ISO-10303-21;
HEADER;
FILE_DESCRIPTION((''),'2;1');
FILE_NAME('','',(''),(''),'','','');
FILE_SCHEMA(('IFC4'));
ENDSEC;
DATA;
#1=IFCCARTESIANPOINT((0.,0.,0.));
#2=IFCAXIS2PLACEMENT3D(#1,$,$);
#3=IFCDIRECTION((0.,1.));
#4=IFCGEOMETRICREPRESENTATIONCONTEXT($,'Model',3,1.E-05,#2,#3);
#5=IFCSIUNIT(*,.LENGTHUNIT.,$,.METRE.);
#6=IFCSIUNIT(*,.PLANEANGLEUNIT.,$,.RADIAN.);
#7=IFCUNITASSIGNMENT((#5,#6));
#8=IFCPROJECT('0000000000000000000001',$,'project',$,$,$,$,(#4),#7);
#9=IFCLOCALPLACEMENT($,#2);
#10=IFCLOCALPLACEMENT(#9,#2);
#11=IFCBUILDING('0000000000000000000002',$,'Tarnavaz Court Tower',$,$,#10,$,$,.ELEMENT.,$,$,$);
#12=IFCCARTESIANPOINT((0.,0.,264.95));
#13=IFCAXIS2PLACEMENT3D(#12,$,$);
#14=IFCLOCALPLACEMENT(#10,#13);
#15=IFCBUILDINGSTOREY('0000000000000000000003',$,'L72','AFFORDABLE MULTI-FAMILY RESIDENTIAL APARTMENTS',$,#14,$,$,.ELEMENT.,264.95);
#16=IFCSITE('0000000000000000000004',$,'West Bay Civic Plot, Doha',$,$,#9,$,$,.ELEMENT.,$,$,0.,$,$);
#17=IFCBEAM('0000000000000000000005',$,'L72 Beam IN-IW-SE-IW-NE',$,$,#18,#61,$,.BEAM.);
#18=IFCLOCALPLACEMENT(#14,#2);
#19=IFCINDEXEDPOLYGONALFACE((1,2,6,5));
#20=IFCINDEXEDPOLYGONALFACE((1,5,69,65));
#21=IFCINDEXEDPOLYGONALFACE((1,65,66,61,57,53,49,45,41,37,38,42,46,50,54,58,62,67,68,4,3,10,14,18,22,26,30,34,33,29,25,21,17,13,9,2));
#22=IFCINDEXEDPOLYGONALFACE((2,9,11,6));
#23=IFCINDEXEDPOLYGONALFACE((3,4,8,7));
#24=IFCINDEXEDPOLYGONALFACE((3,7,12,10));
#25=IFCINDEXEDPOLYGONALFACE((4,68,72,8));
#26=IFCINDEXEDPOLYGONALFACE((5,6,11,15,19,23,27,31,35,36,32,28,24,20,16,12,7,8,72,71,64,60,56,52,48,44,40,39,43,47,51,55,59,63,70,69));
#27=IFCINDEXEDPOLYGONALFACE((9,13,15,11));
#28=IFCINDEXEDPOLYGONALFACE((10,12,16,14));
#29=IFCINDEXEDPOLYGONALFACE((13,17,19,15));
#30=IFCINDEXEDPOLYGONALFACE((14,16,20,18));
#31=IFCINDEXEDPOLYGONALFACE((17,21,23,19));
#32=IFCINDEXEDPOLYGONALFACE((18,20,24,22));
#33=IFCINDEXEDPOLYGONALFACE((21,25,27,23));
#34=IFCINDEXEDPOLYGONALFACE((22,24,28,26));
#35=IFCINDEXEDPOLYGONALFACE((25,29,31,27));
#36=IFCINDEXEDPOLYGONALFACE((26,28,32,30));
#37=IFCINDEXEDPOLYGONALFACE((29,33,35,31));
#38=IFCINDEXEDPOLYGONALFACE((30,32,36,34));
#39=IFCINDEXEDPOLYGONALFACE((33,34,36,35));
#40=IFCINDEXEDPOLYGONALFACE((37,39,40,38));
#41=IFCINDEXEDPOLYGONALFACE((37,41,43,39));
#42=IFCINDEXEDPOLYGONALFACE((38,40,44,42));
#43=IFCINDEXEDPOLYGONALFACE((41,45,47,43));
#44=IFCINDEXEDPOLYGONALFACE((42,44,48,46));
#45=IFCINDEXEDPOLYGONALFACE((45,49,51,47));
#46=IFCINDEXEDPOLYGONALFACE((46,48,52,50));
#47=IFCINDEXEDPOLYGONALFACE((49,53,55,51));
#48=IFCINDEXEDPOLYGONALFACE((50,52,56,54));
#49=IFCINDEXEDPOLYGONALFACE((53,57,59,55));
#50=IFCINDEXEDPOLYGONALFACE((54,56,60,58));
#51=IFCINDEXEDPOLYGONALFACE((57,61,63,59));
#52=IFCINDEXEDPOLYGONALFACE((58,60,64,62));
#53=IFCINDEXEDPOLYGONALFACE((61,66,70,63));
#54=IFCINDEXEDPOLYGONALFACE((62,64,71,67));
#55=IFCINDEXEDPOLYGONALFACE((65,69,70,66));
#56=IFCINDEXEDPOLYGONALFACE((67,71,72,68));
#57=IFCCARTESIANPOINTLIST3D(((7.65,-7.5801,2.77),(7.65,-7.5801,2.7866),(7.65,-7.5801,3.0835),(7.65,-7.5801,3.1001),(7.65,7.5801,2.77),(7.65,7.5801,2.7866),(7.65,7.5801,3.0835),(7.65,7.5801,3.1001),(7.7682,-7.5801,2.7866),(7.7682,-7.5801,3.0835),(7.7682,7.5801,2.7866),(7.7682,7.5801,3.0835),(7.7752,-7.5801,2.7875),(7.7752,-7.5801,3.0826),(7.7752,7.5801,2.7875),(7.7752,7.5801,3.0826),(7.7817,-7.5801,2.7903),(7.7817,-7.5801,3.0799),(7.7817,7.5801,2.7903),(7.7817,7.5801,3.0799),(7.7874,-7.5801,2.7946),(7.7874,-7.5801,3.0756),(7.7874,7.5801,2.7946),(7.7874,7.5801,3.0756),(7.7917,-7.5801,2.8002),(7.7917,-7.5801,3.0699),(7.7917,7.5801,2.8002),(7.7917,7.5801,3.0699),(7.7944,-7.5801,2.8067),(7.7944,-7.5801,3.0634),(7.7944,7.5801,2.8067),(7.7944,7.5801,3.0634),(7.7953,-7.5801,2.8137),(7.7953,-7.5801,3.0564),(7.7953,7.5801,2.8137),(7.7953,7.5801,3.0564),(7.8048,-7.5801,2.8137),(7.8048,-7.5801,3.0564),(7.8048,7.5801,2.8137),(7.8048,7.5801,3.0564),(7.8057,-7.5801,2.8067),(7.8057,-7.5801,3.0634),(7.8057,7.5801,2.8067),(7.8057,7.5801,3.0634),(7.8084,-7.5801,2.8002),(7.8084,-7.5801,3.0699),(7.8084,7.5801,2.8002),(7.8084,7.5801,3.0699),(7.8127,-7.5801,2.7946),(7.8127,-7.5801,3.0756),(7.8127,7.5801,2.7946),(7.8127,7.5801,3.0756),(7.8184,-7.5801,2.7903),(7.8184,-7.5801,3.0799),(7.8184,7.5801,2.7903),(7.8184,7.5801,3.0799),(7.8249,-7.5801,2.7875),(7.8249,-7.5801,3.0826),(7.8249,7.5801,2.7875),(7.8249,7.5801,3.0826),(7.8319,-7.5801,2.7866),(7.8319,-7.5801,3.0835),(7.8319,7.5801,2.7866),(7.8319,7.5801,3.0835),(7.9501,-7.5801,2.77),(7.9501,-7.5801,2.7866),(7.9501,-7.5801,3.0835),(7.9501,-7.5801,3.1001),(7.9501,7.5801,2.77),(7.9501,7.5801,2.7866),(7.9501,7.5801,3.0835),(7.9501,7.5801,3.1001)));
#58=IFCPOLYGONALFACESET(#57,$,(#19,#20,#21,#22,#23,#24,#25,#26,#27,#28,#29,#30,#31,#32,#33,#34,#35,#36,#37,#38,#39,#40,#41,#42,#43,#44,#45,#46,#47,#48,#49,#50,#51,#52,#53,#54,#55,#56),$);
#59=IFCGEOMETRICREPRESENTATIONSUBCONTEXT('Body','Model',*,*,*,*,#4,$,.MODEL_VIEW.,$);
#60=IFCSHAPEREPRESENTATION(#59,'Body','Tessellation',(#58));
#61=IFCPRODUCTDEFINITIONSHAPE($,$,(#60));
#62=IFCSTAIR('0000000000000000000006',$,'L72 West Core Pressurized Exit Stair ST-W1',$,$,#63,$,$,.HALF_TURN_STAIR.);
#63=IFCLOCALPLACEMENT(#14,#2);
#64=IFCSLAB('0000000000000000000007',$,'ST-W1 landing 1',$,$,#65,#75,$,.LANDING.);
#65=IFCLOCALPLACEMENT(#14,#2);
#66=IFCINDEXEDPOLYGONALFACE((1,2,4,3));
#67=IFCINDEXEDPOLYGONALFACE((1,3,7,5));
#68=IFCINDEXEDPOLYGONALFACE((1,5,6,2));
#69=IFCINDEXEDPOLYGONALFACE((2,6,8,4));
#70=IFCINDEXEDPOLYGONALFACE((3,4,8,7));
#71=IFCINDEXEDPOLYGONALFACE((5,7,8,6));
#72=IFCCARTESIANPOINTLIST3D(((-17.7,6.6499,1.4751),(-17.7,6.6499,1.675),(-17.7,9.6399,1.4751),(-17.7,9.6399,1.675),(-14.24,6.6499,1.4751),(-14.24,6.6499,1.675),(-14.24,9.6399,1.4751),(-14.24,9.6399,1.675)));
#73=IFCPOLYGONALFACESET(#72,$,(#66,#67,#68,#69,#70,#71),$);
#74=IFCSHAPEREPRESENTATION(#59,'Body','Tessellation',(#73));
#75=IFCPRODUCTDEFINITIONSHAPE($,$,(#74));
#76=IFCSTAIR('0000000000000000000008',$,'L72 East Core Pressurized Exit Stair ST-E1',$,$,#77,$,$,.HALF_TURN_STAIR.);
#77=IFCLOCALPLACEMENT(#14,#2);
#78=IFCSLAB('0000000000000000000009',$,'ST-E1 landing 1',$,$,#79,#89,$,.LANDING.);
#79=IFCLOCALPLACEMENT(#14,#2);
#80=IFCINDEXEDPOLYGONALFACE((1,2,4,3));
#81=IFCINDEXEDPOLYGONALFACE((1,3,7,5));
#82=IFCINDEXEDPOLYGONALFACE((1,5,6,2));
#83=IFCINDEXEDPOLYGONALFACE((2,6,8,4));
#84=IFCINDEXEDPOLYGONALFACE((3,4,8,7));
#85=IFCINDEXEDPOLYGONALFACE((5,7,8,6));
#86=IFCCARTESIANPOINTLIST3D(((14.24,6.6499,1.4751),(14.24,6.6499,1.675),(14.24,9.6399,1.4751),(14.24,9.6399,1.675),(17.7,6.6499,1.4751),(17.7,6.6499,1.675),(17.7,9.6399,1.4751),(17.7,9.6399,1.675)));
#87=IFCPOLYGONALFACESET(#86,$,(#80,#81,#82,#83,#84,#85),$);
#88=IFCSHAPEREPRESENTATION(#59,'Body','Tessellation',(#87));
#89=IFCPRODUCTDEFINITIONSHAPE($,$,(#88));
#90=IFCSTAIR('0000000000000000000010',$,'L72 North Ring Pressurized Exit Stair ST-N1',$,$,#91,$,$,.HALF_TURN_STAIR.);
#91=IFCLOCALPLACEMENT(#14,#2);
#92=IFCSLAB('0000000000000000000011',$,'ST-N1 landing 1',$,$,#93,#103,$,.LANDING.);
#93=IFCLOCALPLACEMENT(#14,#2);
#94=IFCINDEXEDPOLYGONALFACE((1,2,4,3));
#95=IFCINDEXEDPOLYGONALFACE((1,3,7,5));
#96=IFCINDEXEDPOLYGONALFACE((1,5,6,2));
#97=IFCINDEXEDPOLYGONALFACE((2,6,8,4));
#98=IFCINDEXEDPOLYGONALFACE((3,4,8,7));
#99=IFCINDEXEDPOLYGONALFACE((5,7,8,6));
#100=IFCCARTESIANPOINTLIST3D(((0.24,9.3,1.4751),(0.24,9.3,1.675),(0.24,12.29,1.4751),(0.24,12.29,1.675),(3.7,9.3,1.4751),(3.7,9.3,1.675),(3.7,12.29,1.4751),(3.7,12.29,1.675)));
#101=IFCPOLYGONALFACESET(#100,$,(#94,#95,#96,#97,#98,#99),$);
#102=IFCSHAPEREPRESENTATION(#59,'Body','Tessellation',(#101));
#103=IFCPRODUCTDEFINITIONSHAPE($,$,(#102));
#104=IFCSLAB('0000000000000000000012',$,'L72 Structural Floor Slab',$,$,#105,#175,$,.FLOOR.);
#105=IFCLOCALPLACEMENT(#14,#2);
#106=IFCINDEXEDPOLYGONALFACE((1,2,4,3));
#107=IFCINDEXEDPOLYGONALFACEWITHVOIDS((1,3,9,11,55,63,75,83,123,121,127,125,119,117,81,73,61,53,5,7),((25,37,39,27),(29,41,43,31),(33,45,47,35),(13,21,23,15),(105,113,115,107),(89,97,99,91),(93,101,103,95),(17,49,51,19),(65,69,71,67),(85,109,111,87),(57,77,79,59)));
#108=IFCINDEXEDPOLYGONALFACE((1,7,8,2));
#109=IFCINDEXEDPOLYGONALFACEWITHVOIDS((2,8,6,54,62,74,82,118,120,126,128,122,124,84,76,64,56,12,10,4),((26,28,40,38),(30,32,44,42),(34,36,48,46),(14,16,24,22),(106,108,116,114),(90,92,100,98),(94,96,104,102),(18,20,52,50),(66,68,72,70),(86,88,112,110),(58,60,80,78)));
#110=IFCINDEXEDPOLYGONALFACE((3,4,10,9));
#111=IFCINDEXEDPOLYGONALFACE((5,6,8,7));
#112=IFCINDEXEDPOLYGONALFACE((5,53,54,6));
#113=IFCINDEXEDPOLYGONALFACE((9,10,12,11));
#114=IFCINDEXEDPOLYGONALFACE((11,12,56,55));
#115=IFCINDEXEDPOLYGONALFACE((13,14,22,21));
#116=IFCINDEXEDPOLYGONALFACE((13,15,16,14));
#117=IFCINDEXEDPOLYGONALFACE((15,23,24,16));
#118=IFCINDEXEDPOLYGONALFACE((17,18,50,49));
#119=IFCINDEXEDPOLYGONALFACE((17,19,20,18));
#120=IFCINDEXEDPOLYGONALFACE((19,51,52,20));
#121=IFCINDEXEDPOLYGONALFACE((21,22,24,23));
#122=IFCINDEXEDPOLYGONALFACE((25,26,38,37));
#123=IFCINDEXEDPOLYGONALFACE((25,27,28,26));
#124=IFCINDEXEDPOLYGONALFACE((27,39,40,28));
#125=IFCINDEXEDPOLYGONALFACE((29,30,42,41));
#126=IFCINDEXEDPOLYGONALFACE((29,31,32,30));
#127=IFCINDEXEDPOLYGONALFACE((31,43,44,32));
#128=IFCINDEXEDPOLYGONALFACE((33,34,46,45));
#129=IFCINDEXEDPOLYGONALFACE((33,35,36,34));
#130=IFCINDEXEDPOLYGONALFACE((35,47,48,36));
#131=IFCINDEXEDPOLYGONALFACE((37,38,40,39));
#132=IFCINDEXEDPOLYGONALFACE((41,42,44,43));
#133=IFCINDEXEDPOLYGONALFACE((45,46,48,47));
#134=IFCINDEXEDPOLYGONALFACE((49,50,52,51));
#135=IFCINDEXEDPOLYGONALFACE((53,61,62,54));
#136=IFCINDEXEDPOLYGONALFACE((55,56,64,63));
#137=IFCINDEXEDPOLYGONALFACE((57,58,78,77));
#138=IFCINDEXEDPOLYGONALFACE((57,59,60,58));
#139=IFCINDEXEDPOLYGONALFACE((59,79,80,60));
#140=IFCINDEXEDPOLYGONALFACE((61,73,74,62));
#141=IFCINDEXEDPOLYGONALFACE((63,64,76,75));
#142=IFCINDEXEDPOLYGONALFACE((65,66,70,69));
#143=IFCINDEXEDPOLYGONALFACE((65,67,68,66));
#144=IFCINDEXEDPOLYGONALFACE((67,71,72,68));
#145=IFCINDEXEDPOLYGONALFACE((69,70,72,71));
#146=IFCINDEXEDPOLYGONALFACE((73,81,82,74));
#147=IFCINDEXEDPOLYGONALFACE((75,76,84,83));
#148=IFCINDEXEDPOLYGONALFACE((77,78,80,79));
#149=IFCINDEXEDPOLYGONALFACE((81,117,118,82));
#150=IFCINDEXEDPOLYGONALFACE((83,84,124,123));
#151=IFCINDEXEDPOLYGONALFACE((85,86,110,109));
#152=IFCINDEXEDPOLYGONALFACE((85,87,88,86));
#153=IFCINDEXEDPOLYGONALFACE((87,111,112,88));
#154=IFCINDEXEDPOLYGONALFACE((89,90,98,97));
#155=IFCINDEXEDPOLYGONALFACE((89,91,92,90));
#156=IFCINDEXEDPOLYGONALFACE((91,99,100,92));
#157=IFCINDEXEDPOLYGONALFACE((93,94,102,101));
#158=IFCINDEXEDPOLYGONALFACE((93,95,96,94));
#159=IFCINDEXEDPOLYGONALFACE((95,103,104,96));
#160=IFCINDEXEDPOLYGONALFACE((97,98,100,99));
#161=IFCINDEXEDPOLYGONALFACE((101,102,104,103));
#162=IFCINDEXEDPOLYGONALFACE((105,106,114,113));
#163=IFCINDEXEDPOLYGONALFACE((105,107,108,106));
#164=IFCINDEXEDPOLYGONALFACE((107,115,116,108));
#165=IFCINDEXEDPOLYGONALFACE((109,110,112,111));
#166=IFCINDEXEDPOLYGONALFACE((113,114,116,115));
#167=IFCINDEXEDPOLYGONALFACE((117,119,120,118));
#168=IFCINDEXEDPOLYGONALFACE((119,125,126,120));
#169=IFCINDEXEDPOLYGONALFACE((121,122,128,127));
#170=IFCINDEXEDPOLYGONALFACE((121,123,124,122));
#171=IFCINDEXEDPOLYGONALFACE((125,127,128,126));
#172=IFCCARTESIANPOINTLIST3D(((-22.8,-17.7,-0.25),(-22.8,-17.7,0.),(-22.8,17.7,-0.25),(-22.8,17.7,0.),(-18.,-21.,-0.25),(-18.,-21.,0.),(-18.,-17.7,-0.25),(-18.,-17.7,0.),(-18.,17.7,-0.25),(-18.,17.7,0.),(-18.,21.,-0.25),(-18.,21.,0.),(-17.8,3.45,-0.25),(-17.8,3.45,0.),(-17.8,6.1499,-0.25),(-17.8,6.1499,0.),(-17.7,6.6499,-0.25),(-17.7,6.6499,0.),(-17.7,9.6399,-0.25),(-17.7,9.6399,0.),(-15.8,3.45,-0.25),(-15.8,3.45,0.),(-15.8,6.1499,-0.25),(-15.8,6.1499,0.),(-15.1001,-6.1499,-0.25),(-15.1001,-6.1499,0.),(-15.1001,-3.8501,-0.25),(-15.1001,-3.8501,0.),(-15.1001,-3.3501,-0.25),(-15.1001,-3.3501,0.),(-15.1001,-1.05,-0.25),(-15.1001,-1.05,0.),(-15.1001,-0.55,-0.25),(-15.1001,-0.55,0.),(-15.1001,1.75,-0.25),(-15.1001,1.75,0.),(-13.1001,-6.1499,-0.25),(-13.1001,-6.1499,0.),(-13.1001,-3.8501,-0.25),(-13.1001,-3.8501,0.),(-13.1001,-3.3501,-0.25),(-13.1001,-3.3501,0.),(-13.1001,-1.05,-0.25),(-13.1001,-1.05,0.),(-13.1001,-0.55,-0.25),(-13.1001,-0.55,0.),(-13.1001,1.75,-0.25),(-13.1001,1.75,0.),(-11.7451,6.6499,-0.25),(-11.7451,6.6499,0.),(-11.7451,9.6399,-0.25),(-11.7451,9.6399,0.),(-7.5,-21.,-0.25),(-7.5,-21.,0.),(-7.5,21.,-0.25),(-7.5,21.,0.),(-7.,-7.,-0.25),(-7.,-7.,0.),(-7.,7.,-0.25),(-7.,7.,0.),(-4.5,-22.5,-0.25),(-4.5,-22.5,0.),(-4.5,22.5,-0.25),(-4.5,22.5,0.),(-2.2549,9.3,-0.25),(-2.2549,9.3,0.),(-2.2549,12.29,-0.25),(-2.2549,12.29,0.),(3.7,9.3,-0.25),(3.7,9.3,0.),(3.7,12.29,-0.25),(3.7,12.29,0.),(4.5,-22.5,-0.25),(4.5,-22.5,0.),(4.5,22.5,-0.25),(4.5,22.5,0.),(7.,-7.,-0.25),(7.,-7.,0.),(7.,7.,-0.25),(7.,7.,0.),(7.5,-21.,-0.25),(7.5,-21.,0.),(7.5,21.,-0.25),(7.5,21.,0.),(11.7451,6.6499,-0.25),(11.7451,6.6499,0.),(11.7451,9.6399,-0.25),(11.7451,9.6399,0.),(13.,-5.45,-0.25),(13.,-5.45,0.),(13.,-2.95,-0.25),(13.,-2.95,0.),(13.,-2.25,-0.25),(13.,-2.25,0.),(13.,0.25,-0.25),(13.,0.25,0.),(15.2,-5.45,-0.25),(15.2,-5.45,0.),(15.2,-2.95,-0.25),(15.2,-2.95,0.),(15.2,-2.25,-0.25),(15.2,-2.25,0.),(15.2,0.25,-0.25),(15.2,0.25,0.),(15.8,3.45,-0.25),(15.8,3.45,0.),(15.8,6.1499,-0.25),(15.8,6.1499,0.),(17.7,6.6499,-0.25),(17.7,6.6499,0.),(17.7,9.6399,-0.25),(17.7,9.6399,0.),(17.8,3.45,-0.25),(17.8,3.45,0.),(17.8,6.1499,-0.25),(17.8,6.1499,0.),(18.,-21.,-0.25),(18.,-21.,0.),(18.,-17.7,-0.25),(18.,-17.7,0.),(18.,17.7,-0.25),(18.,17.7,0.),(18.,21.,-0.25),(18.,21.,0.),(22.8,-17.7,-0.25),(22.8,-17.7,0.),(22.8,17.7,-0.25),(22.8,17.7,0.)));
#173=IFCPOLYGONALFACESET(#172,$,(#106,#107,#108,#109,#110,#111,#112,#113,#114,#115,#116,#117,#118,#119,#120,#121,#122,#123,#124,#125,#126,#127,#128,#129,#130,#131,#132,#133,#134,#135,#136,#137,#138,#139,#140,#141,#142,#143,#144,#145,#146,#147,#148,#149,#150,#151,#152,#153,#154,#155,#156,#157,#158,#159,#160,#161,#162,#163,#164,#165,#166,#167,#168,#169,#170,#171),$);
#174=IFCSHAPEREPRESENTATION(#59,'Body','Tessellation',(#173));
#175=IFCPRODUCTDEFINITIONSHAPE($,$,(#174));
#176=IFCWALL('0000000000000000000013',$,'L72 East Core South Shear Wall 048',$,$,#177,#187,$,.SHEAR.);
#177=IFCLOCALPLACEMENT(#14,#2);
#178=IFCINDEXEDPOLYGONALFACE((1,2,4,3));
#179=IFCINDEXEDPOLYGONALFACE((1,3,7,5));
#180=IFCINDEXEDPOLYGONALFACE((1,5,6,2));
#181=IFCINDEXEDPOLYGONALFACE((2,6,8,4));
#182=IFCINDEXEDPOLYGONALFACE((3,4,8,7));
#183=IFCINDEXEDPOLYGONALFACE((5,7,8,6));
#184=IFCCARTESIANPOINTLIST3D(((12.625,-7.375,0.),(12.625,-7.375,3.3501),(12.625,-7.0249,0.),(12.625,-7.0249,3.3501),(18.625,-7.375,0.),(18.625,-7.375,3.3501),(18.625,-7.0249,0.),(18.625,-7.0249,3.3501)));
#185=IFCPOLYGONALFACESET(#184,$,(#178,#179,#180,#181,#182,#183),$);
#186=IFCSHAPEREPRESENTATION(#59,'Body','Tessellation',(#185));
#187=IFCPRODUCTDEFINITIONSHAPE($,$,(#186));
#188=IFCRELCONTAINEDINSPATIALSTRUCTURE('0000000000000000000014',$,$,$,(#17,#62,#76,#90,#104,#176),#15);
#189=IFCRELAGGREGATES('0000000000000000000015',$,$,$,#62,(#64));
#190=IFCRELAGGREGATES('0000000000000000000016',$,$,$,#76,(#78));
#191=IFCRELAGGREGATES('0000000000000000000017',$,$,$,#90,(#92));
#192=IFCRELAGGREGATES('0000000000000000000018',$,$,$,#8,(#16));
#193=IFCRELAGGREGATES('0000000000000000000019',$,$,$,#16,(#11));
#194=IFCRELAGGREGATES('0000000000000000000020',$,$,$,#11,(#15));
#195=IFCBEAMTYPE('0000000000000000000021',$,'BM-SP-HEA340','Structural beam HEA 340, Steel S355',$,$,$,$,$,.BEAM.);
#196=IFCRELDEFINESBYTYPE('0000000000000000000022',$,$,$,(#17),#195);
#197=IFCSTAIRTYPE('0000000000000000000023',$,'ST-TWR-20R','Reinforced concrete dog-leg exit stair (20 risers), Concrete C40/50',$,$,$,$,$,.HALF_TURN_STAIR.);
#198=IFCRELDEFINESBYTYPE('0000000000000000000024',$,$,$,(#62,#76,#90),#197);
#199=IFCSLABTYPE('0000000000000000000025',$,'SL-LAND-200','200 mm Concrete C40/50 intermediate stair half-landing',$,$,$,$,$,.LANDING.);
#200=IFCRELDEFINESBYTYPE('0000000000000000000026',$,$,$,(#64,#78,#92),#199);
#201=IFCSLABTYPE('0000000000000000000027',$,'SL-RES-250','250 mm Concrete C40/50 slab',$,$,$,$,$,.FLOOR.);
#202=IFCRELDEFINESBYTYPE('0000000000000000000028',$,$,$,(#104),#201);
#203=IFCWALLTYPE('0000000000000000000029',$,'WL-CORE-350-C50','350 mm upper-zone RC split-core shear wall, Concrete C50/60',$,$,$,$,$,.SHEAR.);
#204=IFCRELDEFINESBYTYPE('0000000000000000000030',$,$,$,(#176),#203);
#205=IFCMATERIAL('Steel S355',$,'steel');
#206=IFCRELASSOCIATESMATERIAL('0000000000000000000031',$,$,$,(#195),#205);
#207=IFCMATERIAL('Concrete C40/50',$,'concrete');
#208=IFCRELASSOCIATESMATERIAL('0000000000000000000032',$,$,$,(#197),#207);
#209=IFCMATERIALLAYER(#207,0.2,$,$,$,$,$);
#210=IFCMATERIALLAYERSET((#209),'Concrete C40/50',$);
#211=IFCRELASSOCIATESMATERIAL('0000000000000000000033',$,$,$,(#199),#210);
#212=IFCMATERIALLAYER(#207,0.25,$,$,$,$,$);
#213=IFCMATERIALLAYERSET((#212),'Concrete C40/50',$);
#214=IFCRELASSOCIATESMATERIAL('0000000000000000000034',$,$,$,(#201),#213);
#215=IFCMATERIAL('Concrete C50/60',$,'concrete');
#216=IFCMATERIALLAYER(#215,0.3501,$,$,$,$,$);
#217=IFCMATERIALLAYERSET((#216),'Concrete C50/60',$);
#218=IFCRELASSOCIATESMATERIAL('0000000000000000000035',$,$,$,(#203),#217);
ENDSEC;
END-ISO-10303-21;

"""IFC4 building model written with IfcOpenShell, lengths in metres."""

from ifc_helpers import new_model, si_unit, direction, frame, frame_2d, origin, origin_2d, place, context, subcontext, project, spatial, polyline, rectangle, i_section, outline, extrude, material, layer, layer_set, material_profile, profile_set, type_object, element, aggregate, save


model = new_model("IFC4")

# Units and contexts
model_context = context("Model", 3, precision=1e-05, world=origin(), true_north=direction((0.0, 1.0)))
body_context = subcontext(model_context, "Body", "Model", "MODEL_VIEW")
ifc_project = project(units=[si_unit("LENGTHUNIT", "METRE"), si_unit("PLANEANGLEUNIT", "RADIAN")], contexts=[model_context])

# Site, building, storey
site_placement = place(None, origin())
site = spatial("IfcSite", under=ifc_project, at=site_placement, Name="West Bay Civic Plot, Doha", CompositionType="ELEMENT", RefElevation=0.0)
building_placement = place(site_placement, origin())
building = spatial("IfcBuilding", under=site, at=building_placement, Name="Tarnavaz Court Tower", CompositionType="ELEMENT")
storey_placement = place(building_placement, frame((0.0, 0.0, 264.95)))
storey = spatial("IfcBuildingStorey", under=building, at=storey_placement, Name="L72", Description="AFFORDABLE MULTI-FAMILY RESIDENTIAL APARTMENTS", CompositionType="ELEMENT", Elevation=264.95)

# Shared definitions
ifc_material_1 = material(Name="Concrete C50/60", Category="concrete")

# Beam
ifc_material_2 = material(Name="Steel S355", Category="steel")
ifc_material_profile_1 = material_profile(ifc_material_2, i_section(OverallWidth=0.3, OverallDepth=0.3301, WebThickness=0.0095, FlangeThickness=0.0166, FilletRadius=0.0271, at=origin_2d()), Name="HEA 340")
ifc_profile_set_1 = profile_set([ifc_material_profile_1], Name="Steel S355")
beam_type_1 = type_object("IfcBeamType", Name="BM-SP-HEA340", Description="Structural beam HEA 340, Steel S355", PredefinedType="BEAM", material=ifc_profile_set_1)
beam_1_placement = place(storey_placement, frame((7.8, -7.5801, 2.9351), z_axis=(0.0, 1.0, 0.0), x_axis=(-1.0, 0.0, 0.0)))
element("IfcBeam", 1, at=beam_1_placement, inside=storey, type_object=beam_type_1, Name="L72 Beam IN-IW-SE-IW-NE", PredefinedType="BEAM", context=body_context, shape_type="SweptSolid", body=[
    extrude(i_section(OverallWidth=0.3, OverallDepth=0.3301, WebThickness=0.0095, FlangeThickness=0.0166, FilletRadius=0.0271, at=origin_2d()), origin(), (0.0, 0.0, 1.0), 15.1602),
])

# Stairs, slabs
ifc_material_3 = material(Name="Concrete C40/50", Category="concrete")
stair_type = type_object("IfcStairType", Name="ST-TWR-20R", Description="Reinforced concrete dog-leg exit stair (20 risers), Concrete C40/50", PredefinedType="HALF_TURN_STAIR", material=ifc_material_3)
stair_1_placement = place(storey_placement, origin())
stair_1 = element("IfcStair", 2, at=stair_1_placement, inside=storey, type_object=stair_type, Name="L72 West Core Pressurized Exit Stair ST-W1", PredefinedType="HALF_TURN_STAIR")
ifc_layer_1 = layer(ifc_material_3, 0.2)
ifc_layer_set_1 = layer_set([ifc_layer_1], Name="Concrete C40/50")
slab_type_1 = type_object("IfcSlabType", Name="SL-LAND-200", Description="200 mm Concrete C40/50 intermediate stair half-landing", PredefinedType="LANDING", material=ifc_layer_set_1)
slab_1_placement = place(storey_placement, frame((0.0, 0.0, 1.4751)))
slab_1 = element("IfcSlab", 3, at=slab_1_placement, type_object=slab_type_1, Name="ST-W1 landing 1", PredefinedType="LANDING", context=body_context, shape_type="SweptSolid", body=[
    extrude(outline(polyline([(-14.24, 9.6399), (-17.7, 9.6399), (-17.7, 6.6499), (-14.24, 6.6499), (-14.24, 9.6399)])), origin(), (0.0, 0.0, 1.0), 0.2),
])
aggregate(stair_1, [slab_1])
stair_2_placement = place(storey_placement, origin())
stair_2 = element("IfcStair", 4, at=stair_2_placement, inside=storey, type_object=stair_type, Name="L72 East Core Pressurized Exit Stair ST-E1", PredefinedType="HALF_TURN_STAIR")
slab_2_placement = place(storey_placement, frame((0.0, 0.0, 1.4751)))
slab_2 = element("IfcSlab", 5, at=slab_2_placement, type_object=slab_type_1, Name="ST-E1 landing 1", PredefinedType="LANDING", context=body_context, shape_type="SweptSolid", body=[
    extrude(outline(polyline([(14.24, 6.6499), (17.7, 6.6499), (17.7, 9.6399), (14.24, 9.6399), (14.24, 6.6499)])), origin(), (0.0, 0.0, 1.0), 0.2),
])
aggregate(stair_2, [slab_2])
stair_3_placement = place(storey_placement, origin())
stair_3 = element("IfcStair", 6, at=stair_3_placement, inside=storey, type_object=stair_type, Name="L72 North Ring Pressurized Exit Stair ST-N1", PredefinedType="HALF_TURN_STAIR")
slab_3_placement = place(storey_placement, frame((0.0, 0.0, 1.4751)))
slab_3 = element("IfcSlab", 7, at=slab_3_placement, type_object=slab_type_1, Name="ST-N1 landing 1", PredefinedType="LANDING", context=body_context, shape_type="SweptSolid", body=[
    extrude(outline(polyline([(0.24, 9.3), (3.7, 9.3), (3.7, 12.29), (0.24, 12.29), (0.24, 9.3)])), origin(), (0.0, 0.0, 1.0), 0.2),
])
aggregate(stair_3, [slab_3])

# Slab
ifc_layer_2 = layer(ifc_material_3, 0.25)
ifc_layer_set_2 = layer_set([ifc_layer_2], Name="Concrete C40/50")
slab_type_2 = type_object("IfcSlabType", Name="SL-RES-250", Description="250 mm Concrete C40/50 slab", PredefinedType="FLOOR", material=ifc_layer_set_2)
slab_4_placement = place(storey_placement, frame((0.0, 0.0, -0.25)))
element("IfcSlab", 8, at=slab_4_placement, inside=storey, type_object=slab_type_2, Name="L72 Structural Floor Slab", PredefinedType="FLOOR", context=body_context, shape_type="SweptSolid", body=[
    extrude(outline(polyline([(-18.0, -21.0), (-7.5, -21.0), (-4.5, -22.5), (4.5, -22.5), (7.5, -21.0), (18.0, -21.0), (18.0, -17.7), (22.8, -17.7), (22.8, 17.7), (18.0, 17.7), (18.0, 21.0), (7.5, 21.0), (4.5, 22.5), (-4.5, 22.5), (-7.5, 21.0), (-18.0, 21.0), (-18.0, 17.7), (-22.8, 17.7), (-22.8, -17.7), (-18.0, -17.7), (-18.0, -21.0)]), holes=[polyline([(-7.0, -7.0), (7.0, -7.0), (7.0, 7.0), (-7.0, 7.0), (-7.0, -7.0)]), polyline([(-11.7451, 9.6399), (-17.7, 9.6399), (-17.7, 6.6499), (-11.7451, 6.6499), (-11.7451, 9.6399)]), polyline([(11.7451, 6.6499), (17.7, 6.6499), (17.7, 9.6399), (11.7451, 9.6399), (11.7451, 6.6499)]), polyline([(-2.2549, 9.3), (3.7, 9.3), (3.7, 12.29), (-2.2549, 12.29), (-2.2549, 9.3)]), polyline([(-17.8, 3.45), (-15.8, 3.45), (-15.8, 6.1499), (-17.8, 6.1499), (-17.8, 3.45)]), polyline([(-15.1001, -6.1499), (-13.1001, -6.1499), (-13.1001, -3.8501), (-15.1001, -3.8501), (-15.1001, -6.1499)]), polyline([(-15.1001, -3.3501), (-13.1001, -3.3501), (-13.1001, -1.05), (-15.1001, -1.05), (-15.1001, -3.3501)]), polyline([(-15.1001, -0.55), (-13.1001, -0.55), (-13.1001, 1.75), (-15.1001, 1.75), (-15.1001, -0.55)]), polyline([(15.8, 3.45), (17.8, 3.45), (17.8, 6.1499), (15.8, 6.1499), (15.8, 3.45)]), polyline([(13.0, -5.45), (15.2, -5.45), (15.2, -2.95), (13.0, -2.95), (13.0, -5.45)]), polyline([(13.0, -2.25), (15.2, -2.25), (15.2, 0.25), (13.0, 0.25), (13.0, -2.25)])]), origin(), (0.0, 0.0, 1.0), 0.25),
])

# Wall
ifc_layer_3 = layer(ifc_material_1, 0.3501)
ifc_layer_set_3 = layer_set([ifc_layer_3], Name="Concrete C50/60")
wall_type_1 = type_object("IfcWallType", Name="WL-CORE-350-C50", Description="350 mm upper-zone RC split-core shear wall, Concrete C50/60", PredefinedType="SHEAR", material=ifc_layer_set_3)
wall_1_placement = place(storey_placement, frame((12.625, -7.2, 0.0), z_axis=(0.0, 0.0, 1.0), x_axis=(1.0, 0.0, 0.0)))
element("IfcWall", 9, at=wall_1_placement, inside=storey, type_object=wall_type_1, Name="L72 East Core South Shear Wall 048", PredefinedType="SHEAR", context=body_context, shape_type="SweptSolid", body=[
    extrude(rectangle(XDim=6.0, YDim=0.3501, at=frame_2d((3.0, 0.0))), origin(), (0.0, 0.0, 1.0), 3.3501),
])

save(model, "model.ifc")
